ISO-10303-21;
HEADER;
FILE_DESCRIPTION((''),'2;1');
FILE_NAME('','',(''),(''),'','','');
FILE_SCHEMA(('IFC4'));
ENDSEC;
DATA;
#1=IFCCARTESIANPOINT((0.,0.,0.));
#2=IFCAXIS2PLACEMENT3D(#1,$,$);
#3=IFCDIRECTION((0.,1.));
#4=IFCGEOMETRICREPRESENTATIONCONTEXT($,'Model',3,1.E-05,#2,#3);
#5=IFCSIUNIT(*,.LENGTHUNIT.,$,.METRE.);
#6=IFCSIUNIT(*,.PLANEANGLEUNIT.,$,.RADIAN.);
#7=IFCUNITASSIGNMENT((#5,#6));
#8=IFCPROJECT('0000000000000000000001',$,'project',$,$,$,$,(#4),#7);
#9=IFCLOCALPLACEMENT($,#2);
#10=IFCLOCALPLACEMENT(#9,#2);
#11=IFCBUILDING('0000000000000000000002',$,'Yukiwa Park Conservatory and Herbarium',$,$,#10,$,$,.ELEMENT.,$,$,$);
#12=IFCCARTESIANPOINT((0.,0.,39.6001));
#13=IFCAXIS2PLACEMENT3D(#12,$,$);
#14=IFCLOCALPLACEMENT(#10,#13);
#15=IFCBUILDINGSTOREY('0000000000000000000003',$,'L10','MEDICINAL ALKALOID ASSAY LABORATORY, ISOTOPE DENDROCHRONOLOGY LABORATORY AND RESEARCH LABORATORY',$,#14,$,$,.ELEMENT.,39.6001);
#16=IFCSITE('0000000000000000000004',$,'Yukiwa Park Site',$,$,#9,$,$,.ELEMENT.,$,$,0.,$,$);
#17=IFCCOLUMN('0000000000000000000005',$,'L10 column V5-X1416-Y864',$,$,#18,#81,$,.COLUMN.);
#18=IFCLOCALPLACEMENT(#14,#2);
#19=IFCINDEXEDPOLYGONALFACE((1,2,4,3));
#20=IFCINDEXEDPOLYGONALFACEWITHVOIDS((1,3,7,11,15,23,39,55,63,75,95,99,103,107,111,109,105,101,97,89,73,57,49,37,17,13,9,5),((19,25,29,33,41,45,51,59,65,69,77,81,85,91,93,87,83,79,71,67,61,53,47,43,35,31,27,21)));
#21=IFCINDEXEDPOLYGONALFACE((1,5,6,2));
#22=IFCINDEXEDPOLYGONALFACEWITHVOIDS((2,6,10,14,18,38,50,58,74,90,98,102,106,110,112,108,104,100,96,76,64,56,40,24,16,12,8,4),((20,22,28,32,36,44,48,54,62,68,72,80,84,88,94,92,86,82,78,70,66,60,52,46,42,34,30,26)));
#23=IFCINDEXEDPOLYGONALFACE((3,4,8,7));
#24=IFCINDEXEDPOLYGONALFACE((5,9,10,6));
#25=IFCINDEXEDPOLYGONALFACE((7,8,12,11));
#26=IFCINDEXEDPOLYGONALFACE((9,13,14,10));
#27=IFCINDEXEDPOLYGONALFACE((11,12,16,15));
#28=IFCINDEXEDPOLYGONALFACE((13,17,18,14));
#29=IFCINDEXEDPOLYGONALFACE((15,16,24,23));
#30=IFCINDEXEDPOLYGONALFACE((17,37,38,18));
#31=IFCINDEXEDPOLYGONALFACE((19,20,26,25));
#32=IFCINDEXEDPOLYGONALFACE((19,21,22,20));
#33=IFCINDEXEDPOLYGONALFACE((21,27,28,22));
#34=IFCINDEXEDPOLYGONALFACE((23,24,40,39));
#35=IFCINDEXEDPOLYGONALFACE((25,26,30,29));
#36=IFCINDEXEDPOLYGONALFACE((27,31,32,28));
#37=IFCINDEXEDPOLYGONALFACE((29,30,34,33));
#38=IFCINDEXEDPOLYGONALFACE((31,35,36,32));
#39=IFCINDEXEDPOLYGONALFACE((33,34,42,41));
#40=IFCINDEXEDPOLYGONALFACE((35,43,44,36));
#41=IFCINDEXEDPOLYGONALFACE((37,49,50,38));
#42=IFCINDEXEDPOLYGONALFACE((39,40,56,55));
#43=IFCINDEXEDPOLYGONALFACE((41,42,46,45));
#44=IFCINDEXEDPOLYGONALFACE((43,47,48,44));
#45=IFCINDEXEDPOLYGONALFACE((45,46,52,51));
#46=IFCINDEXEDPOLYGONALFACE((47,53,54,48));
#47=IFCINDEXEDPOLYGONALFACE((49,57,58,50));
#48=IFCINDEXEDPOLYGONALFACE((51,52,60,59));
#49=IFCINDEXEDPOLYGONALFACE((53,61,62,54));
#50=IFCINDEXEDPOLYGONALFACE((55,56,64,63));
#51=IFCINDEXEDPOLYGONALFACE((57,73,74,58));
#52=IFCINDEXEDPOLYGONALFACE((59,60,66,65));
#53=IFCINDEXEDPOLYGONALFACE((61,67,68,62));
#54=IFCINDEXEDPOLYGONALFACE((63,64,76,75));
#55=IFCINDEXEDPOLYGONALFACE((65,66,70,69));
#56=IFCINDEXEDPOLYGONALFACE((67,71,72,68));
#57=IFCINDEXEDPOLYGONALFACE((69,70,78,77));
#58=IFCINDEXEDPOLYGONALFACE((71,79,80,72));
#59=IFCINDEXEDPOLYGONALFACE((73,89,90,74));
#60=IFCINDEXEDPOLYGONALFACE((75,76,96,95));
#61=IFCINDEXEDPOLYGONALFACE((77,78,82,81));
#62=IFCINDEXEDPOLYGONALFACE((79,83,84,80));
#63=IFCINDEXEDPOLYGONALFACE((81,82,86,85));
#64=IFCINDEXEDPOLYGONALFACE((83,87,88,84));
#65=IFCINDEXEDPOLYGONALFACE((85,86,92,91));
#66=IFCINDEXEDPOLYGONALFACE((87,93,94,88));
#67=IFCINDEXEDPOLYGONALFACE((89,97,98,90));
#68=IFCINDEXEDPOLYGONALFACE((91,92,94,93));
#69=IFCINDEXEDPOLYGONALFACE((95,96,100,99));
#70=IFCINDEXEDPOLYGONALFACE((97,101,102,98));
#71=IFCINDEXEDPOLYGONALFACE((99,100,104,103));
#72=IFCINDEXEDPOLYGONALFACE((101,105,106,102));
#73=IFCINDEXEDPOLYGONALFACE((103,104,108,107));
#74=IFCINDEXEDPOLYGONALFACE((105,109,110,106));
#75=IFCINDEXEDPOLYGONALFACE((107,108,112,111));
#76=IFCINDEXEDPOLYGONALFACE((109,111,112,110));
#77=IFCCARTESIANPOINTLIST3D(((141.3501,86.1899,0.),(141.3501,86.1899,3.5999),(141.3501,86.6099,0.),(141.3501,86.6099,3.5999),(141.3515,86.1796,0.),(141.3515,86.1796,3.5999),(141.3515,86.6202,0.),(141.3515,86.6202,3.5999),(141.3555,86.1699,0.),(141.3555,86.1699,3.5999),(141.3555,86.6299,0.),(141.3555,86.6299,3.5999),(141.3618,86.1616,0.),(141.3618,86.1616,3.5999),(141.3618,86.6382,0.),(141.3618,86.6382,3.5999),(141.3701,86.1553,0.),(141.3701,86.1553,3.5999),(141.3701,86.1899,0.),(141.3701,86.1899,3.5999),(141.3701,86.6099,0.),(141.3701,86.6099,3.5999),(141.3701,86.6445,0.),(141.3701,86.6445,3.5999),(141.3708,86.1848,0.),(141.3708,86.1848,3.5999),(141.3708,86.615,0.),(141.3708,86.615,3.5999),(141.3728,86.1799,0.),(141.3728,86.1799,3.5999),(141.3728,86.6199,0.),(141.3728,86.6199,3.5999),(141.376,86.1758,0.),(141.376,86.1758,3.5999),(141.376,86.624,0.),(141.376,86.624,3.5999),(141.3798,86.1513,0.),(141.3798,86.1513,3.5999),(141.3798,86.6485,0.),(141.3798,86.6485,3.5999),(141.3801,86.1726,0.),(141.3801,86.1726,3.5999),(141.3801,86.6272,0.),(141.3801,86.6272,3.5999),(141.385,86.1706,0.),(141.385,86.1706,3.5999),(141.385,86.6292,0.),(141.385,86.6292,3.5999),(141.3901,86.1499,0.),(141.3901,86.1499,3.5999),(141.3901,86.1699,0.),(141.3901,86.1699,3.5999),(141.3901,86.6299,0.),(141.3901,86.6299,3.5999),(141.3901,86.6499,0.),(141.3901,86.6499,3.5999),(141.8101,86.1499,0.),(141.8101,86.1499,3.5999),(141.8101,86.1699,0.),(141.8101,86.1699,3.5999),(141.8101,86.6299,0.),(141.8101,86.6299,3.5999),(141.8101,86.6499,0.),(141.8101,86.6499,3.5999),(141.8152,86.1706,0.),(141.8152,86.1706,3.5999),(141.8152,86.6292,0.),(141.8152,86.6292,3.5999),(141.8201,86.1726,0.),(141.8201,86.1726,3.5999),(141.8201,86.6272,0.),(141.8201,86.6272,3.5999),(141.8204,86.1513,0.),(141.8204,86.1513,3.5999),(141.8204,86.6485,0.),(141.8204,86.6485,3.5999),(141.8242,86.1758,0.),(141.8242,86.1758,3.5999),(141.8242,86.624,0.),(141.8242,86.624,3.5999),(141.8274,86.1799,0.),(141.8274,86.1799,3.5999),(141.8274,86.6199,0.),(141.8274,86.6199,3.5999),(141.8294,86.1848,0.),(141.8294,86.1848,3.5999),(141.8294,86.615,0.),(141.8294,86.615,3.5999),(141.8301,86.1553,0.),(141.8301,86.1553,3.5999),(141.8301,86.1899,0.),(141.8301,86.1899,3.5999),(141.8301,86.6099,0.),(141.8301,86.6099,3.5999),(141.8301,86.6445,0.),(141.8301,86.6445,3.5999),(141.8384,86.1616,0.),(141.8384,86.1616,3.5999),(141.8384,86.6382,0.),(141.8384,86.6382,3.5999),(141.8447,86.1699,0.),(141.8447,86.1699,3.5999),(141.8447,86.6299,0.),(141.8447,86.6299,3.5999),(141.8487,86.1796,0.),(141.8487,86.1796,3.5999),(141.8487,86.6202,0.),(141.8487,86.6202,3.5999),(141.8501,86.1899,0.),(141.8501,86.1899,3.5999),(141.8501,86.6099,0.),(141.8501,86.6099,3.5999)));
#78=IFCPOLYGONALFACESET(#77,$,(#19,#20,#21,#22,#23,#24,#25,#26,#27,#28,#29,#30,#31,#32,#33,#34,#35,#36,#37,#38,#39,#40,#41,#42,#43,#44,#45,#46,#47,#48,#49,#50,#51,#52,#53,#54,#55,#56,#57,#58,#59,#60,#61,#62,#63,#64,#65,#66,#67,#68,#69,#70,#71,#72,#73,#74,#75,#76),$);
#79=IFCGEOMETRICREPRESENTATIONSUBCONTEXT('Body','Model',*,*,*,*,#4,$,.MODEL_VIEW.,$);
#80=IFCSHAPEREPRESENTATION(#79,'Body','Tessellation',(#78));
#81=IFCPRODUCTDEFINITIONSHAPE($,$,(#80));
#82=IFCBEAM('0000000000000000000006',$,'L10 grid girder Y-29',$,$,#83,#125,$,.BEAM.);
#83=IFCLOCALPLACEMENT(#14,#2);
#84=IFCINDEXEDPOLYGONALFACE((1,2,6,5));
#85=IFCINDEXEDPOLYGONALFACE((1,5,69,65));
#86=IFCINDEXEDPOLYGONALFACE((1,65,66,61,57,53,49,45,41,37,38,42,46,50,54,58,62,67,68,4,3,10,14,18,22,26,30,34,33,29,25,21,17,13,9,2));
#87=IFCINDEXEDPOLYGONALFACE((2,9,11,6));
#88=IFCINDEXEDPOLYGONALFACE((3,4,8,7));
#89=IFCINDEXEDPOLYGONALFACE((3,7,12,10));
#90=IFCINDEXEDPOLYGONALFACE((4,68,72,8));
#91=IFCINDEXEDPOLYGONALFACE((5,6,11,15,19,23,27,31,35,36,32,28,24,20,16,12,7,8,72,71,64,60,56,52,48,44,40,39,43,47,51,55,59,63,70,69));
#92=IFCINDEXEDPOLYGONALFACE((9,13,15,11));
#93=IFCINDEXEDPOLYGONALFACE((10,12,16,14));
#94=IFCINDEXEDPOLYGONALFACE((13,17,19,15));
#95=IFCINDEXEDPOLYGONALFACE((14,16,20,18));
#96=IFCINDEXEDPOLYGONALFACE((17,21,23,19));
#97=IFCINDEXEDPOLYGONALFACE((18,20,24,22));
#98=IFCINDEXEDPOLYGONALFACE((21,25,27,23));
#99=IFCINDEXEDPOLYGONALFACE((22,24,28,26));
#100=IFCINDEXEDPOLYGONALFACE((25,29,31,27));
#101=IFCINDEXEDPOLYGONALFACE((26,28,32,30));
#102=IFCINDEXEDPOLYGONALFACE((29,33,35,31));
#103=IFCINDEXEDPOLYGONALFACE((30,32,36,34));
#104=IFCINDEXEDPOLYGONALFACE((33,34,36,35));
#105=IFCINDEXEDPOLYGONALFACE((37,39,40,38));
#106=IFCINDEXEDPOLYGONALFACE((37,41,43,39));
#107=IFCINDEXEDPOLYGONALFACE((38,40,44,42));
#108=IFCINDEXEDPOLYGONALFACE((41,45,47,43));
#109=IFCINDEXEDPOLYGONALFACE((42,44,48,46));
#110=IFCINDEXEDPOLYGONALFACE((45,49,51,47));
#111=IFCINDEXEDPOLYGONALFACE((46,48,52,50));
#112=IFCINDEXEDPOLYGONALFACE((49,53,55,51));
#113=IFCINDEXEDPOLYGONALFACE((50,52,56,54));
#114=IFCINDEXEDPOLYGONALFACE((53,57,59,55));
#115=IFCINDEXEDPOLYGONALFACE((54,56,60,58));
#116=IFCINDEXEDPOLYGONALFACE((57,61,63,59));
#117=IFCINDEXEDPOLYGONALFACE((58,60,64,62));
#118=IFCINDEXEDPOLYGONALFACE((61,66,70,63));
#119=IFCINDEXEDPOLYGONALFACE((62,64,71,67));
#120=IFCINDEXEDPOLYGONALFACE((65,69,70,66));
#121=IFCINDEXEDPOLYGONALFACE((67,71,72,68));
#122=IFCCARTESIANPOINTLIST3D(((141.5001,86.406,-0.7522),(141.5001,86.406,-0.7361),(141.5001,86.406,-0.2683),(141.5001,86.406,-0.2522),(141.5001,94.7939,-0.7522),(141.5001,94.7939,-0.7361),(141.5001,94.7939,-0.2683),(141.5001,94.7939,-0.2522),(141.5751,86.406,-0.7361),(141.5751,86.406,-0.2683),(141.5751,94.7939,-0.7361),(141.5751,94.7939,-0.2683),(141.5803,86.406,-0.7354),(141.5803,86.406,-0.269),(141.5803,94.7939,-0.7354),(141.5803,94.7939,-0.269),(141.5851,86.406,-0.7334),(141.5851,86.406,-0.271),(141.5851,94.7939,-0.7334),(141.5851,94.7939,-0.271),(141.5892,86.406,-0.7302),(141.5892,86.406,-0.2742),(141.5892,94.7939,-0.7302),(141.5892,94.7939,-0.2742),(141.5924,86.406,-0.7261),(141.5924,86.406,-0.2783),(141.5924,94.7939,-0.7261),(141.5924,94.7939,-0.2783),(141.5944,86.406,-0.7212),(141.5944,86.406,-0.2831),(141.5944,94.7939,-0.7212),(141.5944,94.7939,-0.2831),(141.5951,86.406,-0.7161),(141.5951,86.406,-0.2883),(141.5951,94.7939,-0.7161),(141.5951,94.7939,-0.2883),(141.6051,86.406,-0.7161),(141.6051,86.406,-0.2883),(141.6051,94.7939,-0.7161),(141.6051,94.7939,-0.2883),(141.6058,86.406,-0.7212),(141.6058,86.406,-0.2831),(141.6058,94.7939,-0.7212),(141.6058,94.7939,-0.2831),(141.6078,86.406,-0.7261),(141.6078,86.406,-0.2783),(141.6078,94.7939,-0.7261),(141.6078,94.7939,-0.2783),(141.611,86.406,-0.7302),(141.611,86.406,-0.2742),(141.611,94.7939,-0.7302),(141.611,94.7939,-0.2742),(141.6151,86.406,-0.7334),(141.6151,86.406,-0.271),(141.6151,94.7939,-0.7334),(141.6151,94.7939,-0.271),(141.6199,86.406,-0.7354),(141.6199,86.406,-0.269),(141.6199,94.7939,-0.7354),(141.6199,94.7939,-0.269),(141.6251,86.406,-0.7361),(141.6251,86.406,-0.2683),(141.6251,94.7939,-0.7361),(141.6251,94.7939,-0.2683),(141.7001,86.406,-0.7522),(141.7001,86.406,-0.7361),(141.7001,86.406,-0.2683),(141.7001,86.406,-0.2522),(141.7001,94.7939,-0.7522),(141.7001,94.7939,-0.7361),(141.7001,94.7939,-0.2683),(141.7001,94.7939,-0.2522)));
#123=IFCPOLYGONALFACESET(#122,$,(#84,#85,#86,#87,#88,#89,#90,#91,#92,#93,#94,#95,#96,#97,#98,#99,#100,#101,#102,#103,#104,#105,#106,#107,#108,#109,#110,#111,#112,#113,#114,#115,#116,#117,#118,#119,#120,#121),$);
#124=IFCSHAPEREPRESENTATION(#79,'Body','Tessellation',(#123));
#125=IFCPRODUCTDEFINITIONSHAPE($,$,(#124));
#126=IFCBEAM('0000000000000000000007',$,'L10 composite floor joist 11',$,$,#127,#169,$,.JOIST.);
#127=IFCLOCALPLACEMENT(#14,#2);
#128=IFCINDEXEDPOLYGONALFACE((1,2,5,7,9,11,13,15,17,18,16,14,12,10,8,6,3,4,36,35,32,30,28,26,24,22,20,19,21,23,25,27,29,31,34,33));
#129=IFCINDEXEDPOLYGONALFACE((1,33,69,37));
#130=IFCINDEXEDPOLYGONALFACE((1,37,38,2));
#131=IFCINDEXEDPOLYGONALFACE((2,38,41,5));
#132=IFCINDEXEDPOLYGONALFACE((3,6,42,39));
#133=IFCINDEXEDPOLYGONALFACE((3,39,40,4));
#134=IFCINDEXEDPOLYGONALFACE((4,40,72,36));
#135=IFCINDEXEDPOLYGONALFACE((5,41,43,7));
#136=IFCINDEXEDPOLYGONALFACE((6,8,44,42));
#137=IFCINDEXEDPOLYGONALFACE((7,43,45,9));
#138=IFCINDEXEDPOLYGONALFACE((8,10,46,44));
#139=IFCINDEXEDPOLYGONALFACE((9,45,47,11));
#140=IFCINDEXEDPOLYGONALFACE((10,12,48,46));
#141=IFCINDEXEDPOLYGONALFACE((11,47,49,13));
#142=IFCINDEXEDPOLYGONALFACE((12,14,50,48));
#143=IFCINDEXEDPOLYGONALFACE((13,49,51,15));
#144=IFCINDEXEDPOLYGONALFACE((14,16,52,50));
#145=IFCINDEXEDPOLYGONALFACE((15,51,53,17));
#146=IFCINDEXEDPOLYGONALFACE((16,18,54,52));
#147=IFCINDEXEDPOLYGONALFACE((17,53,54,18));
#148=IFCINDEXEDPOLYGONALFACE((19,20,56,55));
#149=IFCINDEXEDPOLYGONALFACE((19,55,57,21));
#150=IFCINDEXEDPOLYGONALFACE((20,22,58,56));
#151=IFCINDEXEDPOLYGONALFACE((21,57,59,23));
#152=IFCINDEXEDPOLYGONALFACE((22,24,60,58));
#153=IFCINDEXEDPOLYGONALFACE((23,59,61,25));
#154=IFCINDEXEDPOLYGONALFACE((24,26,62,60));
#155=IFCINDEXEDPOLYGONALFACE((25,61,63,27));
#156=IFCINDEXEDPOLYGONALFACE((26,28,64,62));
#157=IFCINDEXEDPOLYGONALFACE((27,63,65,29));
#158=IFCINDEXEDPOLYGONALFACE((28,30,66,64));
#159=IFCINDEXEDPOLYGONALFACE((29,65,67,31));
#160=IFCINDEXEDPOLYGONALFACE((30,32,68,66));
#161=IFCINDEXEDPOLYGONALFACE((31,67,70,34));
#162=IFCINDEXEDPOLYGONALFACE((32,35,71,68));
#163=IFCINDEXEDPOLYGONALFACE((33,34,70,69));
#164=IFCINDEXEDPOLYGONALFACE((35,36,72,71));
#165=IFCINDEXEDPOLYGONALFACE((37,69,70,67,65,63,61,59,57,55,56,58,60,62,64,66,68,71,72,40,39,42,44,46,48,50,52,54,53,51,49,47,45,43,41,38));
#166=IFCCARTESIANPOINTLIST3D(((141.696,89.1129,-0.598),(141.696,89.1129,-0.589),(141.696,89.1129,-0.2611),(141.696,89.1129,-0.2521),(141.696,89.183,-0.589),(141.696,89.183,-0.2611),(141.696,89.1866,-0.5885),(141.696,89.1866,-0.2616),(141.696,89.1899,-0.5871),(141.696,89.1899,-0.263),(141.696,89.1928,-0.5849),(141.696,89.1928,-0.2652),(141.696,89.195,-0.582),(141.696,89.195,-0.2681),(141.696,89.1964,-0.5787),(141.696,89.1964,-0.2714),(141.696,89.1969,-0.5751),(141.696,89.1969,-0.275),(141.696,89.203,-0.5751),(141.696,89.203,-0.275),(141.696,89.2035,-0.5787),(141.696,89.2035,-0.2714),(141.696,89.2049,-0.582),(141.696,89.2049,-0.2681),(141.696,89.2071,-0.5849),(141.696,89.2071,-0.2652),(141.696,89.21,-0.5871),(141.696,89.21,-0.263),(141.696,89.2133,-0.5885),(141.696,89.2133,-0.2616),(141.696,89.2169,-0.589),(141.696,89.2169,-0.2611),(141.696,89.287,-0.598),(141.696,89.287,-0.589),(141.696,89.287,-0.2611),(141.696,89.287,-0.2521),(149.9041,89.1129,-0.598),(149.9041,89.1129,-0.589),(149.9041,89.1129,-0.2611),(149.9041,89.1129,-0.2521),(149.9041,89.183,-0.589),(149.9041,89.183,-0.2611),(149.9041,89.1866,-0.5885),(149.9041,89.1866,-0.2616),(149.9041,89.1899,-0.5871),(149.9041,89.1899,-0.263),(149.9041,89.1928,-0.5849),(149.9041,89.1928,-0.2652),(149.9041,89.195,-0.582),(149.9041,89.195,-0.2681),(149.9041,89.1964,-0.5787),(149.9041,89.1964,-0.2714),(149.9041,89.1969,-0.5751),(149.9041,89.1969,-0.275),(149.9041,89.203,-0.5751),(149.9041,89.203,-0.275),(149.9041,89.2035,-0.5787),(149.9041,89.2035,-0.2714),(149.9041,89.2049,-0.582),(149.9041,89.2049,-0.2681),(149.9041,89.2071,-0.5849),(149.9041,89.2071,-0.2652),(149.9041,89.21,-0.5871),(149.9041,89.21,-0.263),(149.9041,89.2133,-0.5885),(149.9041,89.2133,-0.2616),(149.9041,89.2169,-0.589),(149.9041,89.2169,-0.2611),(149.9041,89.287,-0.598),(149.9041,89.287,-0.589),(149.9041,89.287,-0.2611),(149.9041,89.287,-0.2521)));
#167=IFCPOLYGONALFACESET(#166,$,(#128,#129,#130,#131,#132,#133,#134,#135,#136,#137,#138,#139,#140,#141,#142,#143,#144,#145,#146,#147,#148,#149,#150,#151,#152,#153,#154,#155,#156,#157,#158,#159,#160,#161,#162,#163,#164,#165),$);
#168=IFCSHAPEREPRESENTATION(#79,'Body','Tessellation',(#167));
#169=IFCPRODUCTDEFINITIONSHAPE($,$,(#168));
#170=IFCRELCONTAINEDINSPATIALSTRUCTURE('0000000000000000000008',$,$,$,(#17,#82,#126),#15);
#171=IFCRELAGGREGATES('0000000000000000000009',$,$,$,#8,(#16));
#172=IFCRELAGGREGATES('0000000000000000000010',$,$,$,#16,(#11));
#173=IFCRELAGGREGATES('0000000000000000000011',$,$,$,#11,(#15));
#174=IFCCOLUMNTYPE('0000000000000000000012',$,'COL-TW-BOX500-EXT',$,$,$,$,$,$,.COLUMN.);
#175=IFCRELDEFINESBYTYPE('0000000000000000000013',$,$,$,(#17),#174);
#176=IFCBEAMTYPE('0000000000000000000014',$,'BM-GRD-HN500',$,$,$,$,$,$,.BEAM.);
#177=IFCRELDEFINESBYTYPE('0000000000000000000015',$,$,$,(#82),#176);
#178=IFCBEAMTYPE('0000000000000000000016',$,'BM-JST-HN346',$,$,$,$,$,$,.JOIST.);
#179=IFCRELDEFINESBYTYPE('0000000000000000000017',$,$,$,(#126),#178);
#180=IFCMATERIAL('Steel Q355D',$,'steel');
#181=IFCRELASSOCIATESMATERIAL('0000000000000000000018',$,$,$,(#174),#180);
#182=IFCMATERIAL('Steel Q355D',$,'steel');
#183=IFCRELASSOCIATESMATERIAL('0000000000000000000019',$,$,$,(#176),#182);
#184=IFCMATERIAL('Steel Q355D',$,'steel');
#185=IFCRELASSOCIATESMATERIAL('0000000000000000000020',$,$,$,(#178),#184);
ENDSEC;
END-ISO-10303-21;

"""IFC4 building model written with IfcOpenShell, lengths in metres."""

from ifc_helpers import new_model, si_unit, direction, frame, origin, origin_2d, place, context, subcontext, project, spatial, hollow_rectangle, i_section, extrude, material, material_profile, profile_set, type_object, element, save


model = new_model("IFC4")

# Units and contexts
model_context = context("Model", 3, precision=1e-05, world=origin(), true_north=direction((0.0, 1.0)))
body_context = subcontext(model_context, "Body", "Model", "MODEL_VIEW")
ifc_project = project(units=[si_unit("LENGTHUNIT", "METRE"), si_unit("PLANEANGLEUNIT", "RADIAN")], contexts=[model_context])

# Site, building, storey
site_placement = place(None, origin())
site = spatial("IfcSite", under=ifc_project, at=site_placement, Name="Yukiwa Park Site", CompositionType="ELEMENT", RefElevation=0.0)
building_placement = place(site_placement, origin())
building = spatial("IfcBuilding", under=site, at=building_placement, Name="Yukiwa Park Conservatory and Herbarium", CompositionType="ELEMENT")
storey_placement = place(building_placement, frame((0.0, 0.0, 39.6001)))
storey = spatial("IfcBuildingStorey", under=building, at=storey_placement, Name="L10", Description="MEDICINAL ALKALOID ASSAY LABORATORY, ISOTOPE DENDROCHRONOLOGY LABORATORY AND RESEARCH LABORATORY", CompositionType="ELEMENT", Elevation=39.6001)

# Column
ifc_material_1 = material(Name="Steel Q355D", Category="steel")
ifc_material_profile_1 = material_profile(ifc_material_1, hollow_rectangle(XDim=0.5, YDim=0.5, WallThickness=0.02, InnerFilletRadius=0.02, OuterFilletRadius=0.04, at=origin_2d()), Name="BOX 500x500x20")
ifc_profile_set_1 = profile_set([ifc_material_profile_1], Name="Steel Q355D")
column_type = type_object("IfcColumnType", Name="COL-TW-BOX500-EXT", PredefinedType="COLUMN", material=ifc_profile_set_1)
column_placement = place(storey_placement, frame((141.6001, 86.3999, 0.0), z_axis=(0.0, 0.0, 1.0), x_axis=(1.0, 0.0, 0.0)))
element("IfcColumn", 1, at=column_placement, inside=storey, type_object=column_type, Name="L10 column V5-X1416-Y864", PredefinedType="COLUMN", context=body_context, shape_type="SweptSolid", body=[
    extrude(hollow_rectangle(XDim=0.5, YDim=0.5, WallThickness=0.02, InnerFilletRadius=0.02, OuterFilletRadius=0.04, at=origin_2d()), origin(), (0.0, 0.0, 1.0), 3.5999),
])

# Beams
ifc_material_2 = material(Name="Steel Q355D", Category="steel")
ifc_material_profile_2 = material_profile(ifc_material_2, i_section(OverallWidth=0.2, OverallDepth=0.5, WebThickness=0.01, FlangeThickness=0.0161, FilletRadius=0.02, at=origin_2d()), Name="HN 500x200x10x16")
ifc_profile_set_2 = profile_set([ifc_material_profile_2], Name="Steel Q355D")
beam_type_1 = type_object("IfcBeamType", Name="BM-GRD-HN500", PredefinedType="BEAM", material=ifc_profile_set_2)
beam_1_placement = place(storey_placement, frame((141.6001, 86.406, -0.5022), z_axis=(0.0, 1.0, 0.0), x_axis=(-1.0, 0.0, 0.0)))
element("IfcBeam", 2, at=beam_1_placement, inside=storey, type_object=beam_type_1, Name="L10 grid girder Y-29", PredefinedType="BEAM", context=body_context, shape_type="SweptSolid", body=[
    extrude(i_section(OverallWidth=0.2, OverallDepth=0.5, WebThickness=0.01, FlangeThickness=0.0161, FilletRadius=0.02, at=origin_2d()), origin(), (0.0, 0.0, 1.0), 8.3879),
])
ifc_material_3 = material(Name="Steel Q355D", Category="steel")
ifc_material_profile_3 = material_profile(ifc_material_3, i_section(OverallWidth=0.1741, OverallDepth=0.3459, WebThickness=0.0061, FlangeThickness=0.009, FilletRadius=0.0139, at=origin_2d()), Name="HN 346x174x6x9")
ifc_profile_set_3 = profile_set([ifc_material_profile_3], Name="Steel Q355D")
beam_type_2 = type_object("IfcBeamType", Name="BM-JST-HN346", PredefinedType="JOIST", material=ifc_profile_set_3)
for number, where, z_axis, x_axis, name in (
    (3, (141.696, 89.2, -0.425), (1.0, 0.0, 0.0), (0.0, 1.0, 0.0), "L10 composite floor joist 11"),
):
    element("IfcBeam", number, at=place(storey_placement, frame(where, z_axis=z_axis, x_axis=x_axis)), inside=storey, type_object=beam_type_2, Name=name, PredefinedType="JOIST", context=body_context, shape_type="SweptSolid", body=[
        extrude(i_section(OverallWidth=0.1741, OverallDepth=0.3459, WebThickness=0.0061, FlangeThickness=0.009, FilletRadius=0.0139, at=origin_2d()), origin(), (0.0, 0.0, 1.0), 8.208),
    ])

save(model, "model.ifc")
